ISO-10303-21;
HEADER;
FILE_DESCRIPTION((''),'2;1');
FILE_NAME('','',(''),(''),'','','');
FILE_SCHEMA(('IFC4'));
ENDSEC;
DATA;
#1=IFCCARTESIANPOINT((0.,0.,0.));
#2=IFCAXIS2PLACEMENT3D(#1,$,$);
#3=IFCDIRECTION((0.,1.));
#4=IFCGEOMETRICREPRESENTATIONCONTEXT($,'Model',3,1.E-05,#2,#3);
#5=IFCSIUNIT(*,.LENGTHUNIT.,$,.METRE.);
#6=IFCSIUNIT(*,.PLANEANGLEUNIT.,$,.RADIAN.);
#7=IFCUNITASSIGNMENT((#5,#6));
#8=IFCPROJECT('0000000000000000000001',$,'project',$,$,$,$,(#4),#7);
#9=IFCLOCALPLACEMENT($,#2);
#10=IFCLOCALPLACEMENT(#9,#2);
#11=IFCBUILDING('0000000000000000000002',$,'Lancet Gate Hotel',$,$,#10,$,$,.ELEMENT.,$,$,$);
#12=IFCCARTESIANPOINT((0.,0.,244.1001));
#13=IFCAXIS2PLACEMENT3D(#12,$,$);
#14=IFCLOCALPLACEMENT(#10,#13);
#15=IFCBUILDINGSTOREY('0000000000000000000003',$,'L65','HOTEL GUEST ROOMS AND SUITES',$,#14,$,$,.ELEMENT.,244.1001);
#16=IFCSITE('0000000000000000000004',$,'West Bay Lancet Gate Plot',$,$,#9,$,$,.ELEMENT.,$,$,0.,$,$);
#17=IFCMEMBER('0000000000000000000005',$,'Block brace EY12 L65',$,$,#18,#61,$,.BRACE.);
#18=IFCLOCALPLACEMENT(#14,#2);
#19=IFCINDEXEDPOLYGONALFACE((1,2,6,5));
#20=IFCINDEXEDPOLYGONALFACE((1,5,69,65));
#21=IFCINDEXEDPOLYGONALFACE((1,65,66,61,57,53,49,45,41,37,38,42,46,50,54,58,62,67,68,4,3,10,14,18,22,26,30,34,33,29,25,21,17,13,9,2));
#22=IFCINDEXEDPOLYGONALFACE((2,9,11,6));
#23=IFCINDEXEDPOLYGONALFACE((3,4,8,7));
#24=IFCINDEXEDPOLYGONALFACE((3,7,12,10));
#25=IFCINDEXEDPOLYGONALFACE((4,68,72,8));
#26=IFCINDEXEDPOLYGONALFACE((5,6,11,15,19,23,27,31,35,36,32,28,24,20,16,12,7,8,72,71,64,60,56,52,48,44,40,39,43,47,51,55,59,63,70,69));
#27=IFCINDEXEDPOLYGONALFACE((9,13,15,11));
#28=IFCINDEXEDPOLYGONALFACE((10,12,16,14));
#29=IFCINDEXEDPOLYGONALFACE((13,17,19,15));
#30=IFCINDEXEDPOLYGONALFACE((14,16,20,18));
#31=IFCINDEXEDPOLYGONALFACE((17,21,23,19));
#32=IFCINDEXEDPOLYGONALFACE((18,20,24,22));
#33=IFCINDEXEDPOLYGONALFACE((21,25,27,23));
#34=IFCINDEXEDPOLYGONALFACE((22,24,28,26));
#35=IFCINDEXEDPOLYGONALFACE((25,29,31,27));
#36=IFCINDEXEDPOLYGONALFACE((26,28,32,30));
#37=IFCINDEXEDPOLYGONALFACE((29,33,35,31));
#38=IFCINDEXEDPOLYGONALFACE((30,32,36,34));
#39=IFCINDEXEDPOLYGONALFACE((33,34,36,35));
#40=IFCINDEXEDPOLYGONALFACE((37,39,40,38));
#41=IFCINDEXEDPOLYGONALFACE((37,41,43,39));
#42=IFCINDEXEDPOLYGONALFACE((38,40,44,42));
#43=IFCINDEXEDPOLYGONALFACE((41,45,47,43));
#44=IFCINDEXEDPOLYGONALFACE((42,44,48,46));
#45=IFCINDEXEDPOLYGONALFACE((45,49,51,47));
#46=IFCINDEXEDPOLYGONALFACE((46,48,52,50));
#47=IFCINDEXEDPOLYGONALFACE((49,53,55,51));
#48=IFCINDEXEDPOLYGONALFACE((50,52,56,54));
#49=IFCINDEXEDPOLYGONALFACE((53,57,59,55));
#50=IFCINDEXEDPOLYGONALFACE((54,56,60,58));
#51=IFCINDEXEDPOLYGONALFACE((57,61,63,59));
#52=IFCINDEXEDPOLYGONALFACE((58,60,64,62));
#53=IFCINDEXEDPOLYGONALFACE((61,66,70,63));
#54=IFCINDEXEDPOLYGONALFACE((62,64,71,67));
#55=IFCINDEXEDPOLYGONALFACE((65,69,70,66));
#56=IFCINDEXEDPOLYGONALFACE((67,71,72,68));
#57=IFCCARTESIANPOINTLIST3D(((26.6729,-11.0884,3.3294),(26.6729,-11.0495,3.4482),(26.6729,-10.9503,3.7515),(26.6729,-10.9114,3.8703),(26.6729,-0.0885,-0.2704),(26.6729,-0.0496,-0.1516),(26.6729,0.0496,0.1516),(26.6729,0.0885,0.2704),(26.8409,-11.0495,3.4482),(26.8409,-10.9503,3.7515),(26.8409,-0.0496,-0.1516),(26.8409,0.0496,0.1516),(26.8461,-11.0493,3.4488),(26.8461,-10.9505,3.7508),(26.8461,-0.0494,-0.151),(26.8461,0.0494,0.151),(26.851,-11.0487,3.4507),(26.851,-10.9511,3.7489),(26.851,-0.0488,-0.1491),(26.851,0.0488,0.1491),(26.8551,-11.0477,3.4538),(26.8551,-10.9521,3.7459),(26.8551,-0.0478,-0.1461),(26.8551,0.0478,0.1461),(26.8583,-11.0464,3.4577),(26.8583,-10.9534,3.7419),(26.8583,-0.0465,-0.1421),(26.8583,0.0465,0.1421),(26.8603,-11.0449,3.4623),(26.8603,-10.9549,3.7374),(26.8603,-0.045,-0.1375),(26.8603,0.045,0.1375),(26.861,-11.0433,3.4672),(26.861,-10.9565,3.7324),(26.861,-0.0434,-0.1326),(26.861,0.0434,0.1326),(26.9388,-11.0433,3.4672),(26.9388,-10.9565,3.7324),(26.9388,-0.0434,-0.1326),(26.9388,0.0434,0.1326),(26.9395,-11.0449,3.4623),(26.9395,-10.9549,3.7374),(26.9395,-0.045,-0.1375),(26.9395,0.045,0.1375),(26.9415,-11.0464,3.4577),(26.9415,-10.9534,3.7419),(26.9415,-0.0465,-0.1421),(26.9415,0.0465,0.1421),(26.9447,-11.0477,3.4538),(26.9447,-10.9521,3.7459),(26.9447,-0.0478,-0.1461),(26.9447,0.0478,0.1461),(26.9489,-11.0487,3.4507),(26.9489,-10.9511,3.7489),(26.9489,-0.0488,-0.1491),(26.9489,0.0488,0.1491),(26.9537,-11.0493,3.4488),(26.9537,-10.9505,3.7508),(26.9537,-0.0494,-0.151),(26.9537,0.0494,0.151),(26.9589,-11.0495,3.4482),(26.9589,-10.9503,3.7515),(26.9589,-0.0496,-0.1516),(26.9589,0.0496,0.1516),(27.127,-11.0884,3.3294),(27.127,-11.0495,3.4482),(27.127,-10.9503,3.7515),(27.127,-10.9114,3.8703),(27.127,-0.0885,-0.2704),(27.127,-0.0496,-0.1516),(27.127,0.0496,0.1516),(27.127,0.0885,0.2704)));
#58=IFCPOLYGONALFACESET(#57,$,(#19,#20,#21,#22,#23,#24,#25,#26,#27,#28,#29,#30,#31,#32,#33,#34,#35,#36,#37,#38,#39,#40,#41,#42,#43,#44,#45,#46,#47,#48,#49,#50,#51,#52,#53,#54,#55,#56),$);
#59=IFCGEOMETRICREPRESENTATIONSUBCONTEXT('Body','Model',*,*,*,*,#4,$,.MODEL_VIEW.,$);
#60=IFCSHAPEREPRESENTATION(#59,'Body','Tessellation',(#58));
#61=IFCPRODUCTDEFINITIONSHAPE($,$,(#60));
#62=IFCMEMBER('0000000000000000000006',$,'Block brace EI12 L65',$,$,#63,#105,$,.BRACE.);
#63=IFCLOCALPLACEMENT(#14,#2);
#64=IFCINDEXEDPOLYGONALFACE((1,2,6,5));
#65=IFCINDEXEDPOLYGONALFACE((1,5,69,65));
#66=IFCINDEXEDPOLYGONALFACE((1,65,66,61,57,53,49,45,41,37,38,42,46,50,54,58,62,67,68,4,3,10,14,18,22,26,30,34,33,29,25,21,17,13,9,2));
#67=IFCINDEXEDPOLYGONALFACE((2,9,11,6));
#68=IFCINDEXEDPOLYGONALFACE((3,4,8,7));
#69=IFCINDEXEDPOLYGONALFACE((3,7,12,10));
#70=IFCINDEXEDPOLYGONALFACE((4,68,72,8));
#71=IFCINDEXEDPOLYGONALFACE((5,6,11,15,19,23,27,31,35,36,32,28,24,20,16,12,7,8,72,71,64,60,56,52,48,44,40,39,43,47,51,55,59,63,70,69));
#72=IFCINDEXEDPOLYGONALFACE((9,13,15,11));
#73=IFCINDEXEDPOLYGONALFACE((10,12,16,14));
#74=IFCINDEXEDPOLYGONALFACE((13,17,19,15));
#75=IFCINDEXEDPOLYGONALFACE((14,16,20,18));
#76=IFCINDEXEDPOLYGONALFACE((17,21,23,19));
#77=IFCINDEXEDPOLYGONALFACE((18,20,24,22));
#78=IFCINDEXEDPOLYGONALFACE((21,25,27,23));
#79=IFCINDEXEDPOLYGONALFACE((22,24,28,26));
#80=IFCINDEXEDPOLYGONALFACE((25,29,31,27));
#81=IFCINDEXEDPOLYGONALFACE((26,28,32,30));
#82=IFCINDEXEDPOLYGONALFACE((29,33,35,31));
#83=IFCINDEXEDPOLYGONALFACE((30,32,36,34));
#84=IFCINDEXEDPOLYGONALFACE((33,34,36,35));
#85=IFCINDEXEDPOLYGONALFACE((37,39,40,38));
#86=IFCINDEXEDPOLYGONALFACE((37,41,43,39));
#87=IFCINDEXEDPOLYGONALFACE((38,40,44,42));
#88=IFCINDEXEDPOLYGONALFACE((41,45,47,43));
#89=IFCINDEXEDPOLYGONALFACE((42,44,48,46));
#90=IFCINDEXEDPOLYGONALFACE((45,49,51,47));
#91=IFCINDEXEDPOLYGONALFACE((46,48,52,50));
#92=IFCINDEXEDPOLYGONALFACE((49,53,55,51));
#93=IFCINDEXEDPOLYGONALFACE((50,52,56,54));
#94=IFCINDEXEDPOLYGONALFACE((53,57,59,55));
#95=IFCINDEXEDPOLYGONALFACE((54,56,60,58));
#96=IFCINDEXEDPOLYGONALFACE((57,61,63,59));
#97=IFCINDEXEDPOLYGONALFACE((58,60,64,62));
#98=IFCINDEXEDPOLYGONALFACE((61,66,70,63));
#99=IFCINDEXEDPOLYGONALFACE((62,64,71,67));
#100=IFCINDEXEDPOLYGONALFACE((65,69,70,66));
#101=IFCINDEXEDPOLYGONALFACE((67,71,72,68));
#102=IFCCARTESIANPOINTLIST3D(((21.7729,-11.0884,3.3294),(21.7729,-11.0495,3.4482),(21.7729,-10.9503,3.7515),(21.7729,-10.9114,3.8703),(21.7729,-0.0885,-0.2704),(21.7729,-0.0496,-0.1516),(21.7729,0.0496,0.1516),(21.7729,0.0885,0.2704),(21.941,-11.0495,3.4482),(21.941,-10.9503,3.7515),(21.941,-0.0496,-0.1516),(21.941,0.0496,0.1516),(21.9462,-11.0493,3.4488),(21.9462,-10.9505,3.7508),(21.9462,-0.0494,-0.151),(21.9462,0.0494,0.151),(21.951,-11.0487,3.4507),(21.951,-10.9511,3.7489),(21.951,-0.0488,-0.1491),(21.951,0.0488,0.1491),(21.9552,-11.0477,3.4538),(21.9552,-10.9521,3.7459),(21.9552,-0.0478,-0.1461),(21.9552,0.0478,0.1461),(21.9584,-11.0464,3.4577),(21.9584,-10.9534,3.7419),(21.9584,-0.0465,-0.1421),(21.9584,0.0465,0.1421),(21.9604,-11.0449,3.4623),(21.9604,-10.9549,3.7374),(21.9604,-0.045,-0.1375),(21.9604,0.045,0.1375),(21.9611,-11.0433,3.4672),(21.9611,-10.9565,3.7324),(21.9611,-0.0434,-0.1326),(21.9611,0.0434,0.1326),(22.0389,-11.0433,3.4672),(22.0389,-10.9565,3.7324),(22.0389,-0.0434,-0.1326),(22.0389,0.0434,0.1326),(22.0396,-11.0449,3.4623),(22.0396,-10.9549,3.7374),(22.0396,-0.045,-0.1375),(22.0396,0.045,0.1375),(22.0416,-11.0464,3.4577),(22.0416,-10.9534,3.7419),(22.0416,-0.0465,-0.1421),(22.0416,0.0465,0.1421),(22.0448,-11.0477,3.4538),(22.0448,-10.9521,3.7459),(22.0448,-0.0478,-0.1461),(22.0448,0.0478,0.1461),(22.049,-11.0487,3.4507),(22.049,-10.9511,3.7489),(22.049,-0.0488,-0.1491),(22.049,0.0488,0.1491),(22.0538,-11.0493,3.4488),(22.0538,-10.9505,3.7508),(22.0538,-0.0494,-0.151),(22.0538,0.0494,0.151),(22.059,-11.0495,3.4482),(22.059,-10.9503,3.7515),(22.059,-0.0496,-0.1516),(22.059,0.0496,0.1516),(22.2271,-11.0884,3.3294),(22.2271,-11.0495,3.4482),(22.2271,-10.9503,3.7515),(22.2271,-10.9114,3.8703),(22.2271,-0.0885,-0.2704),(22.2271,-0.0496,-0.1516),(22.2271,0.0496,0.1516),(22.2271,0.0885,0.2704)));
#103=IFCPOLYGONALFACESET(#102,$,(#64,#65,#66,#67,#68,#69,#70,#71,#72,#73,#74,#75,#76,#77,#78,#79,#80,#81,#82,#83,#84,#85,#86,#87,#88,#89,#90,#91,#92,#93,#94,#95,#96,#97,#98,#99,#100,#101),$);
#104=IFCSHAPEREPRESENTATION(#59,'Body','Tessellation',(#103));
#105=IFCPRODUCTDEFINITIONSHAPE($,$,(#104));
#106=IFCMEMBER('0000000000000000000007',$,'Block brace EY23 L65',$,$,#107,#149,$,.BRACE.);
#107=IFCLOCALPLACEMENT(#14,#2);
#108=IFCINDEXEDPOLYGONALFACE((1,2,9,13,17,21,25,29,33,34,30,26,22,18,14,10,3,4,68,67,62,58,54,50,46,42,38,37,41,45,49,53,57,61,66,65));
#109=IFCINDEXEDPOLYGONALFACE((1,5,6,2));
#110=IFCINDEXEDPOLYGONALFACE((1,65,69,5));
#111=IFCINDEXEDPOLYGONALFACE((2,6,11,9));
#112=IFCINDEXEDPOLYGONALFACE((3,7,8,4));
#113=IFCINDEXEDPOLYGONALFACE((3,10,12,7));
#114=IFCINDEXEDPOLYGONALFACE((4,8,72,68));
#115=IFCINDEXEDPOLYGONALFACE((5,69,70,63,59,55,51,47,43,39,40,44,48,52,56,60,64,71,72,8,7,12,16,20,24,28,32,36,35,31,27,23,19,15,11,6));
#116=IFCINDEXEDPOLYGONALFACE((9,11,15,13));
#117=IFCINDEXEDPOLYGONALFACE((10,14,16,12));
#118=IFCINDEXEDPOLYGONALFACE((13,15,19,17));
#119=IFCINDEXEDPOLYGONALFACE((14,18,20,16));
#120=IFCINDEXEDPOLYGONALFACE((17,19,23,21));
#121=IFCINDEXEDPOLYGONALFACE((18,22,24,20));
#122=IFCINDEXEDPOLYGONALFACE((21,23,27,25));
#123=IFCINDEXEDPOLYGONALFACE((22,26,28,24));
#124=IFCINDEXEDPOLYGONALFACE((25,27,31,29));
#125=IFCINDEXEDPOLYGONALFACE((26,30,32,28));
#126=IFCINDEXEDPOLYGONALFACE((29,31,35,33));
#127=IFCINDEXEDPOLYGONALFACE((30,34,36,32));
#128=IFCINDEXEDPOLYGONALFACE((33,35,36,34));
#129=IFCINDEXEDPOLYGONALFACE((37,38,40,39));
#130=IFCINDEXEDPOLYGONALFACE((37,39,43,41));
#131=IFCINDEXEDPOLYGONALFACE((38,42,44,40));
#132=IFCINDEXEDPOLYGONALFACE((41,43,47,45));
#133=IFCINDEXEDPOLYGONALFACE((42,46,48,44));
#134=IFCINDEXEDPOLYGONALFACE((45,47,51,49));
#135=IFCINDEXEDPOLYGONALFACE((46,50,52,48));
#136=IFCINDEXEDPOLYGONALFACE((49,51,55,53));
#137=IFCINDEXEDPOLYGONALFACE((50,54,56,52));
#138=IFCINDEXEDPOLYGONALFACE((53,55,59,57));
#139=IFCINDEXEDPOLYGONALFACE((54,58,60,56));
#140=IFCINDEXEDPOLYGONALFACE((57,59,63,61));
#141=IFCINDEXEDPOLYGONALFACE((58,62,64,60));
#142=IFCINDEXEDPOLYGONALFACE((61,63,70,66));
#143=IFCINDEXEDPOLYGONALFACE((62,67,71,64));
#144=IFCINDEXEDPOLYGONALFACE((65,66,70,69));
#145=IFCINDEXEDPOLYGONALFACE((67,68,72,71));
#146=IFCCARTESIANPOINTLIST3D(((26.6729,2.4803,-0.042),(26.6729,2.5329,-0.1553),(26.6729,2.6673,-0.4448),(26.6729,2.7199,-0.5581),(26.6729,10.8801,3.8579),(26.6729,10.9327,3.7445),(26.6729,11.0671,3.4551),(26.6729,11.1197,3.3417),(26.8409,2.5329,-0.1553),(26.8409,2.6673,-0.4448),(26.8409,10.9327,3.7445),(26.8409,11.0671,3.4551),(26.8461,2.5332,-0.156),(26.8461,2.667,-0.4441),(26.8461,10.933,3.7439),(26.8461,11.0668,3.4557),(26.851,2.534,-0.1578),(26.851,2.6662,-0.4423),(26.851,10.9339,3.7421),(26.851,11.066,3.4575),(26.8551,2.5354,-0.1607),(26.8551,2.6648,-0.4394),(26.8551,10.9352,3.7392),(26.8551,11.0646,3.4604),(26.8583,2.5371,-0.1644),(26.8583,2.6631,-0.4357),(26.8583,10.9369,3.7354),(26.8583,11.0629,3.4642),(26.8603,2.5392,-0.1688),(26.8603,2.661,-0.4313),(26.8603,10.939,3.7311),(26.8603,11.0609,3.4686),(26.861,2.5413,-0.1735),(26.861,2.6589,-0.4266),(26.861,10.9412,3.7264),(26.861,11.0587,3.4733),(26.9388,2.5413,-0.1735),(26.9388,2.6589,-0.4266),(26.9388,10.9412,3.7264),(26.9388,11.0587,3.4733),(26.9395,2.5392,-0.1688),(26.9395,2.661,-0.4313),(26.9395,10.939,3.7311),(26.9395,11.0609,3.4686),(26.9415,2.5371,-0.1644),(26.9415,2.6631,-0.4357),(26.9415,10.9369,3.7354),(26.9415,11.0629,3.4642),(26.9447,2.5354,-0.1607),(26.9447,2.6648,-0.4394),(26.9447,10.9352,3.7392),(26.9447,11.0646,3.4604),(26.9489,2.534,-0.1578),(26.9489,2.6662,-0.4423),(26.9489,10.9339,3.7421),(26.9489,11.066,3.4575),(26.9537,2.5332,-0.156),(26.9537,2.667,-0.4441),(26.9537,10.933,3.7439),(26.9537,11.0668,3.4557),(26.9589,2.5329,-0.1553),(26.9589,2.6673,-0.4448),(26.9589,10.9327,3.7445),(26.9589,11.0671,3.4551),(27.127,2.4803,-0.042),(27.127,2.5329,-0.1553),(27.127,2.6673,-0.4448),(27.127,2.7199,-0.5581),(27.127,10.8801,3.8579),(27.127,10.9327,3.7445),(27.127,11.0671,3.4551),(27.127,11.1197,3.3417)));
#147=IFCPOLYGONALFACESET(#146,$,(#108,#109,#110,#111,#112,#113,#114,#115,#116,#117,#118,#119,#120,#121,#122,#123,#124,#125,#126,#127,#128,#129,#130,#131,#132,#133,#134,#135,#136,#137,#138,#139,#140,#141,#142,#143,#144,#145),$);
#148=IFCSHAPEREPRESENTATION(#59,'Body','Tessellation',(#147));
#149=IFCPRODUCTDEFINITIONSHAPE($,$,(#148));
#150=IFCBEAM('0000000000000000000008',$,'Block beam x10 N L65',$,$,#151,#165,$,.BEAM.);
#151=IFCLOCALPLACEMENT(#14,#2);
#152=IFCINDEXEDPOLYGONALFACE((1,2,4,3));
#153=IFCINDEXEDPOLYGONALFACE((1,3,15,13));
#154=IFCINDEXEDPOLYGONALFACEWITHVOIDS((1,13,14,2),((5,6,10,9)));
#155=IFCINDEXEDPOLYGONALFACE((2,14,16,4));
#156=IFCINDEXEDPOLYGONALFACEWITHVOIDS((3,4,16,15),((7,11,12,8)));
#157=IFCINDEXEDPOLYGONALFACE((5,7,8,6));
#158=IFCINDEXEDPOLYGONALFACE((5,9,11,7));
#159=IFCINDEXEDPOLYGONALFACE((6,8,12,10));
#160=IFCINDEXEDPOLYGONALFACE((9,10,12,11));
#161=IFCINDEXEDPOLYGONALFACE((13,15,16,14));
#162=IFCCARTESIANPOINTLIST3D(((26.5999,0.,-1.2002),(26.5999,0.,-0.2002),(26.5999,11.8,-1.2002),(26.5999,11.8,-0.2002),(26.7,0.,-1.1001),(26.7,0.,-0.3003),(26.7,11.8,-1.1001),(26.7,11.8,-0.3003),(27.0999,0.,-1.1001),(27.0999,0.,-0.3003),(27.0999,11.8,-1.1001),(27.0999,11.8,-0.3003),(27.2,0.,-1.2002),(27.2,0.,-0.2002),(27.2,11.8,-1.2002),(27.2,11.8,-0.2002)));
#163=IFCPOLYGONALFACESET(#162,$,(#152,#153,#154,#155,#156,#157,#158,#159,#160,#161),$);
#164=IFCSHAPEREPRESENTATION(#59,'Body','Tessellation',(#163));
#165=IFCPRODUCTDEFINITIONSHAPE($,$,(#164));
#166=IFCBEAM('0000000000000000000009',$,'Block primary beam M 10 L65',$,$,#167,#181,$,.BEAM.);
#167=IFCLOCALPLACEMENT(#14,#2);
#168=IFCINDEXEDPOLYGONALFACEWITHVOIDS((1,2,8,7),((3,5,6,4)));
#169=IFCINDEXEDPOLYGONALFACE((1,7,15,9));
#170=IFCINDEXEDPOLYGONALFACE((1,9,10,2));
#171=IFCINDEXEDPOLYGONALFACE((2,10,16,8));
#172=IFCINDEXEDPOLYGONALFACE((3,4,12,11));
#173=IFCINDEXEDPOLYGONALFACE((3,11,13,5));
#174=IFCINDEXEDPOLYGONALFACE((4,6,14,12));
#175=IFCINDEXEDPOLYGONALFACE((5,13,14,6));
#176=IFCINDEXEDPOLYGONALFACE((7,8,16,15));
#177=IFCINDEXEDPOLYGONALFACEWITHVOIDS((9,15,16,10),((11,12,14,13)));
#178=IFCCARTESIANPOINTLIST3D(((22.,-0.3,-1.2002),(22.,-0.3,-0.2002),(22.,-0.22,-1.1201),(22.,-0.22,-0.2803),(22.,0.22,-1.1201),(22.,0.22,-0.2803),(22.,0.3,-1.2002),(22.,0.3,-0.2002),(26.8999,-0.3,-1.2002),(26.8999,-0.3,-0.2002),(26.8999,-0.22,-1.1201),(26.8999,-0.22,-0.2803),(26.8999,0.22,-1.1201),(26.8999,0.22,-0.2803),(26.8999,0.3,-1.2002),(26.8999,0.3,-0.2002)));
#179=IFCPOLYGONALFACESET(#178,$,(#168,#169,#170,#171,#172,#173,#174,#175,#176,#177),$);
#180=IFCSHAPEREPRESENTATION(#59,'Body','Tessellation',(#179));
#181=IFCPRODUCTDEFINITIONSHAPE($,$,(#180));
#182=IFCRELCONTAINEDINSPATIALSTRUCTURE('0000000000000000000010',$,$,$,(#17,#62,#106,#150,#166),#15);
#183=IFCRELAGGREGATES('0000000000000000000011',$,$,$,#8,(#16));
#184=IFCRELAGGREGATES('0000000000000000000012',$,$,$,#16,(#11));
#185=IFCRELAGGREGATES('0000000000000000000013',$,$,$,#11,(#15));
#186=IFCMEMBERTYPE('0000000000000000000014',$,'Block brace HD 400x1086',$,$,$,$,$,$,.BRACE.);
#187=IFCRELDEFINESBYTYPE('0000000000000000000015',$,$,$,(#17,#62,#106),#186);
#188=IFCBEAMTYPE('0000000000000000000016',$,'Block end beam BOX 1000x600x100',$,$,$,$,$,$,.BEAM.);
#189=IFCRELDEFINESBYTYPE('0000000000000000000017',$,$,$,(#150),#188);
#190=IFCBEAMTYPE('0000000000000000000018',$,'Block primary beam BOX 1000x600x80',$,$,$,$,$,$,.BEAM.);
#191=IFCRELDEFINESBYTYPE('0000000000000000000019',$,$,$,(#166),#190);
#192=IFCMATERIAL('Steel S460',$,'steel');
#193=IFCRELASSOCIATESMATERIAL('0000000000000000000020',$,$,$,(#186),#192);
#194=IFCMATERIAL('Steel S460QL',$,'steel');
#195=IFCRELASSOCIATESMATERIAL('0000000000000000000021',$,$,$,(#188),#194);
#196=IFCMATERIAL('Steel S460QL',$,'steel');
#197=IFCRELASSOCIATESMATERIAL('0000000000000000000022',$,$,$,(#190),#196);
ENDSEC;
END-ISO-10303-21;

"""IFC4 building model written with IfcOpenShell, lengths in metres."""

from ifc_helpers import new_model, si_unit, direction, frame, origin, origin_2d, place, context, subcontext, project, spatial, hollow_rectangle, i_section, extrude, material, material_profile, profile_set, type_object, element, save


model = new_model("IFC4")

# Units and contexts
model_context = context("Model", 3, precision=1e-05, world=origin(), true_north=direction((0.0, 1.0)))
body_context = subcontext(model_context, "Body", "Model", "MODEL_VIEW")
ifc_project = project(units=[si_unit("LENGTHUNIT", "METRE"), si_unit("PLANEANGLEUNIT", "RADIAN")], contexts=[model_context])

# Site, building, storey
site_placement = place(None, origin())
site = spatial("IfcSite", under=ifc_project, at=site_placement, Name="West Bay Lancet Gate Plot", CompositionType="ELEMENT", RefElevation=0.0)
building_placement = place(site_placement, origin())
building = spatial("IfcBuilding", under=site, at=building_placement, Name="Lancet Gate Hotel", CompositionType="ELEMENT")
storey_placement = place(building_placement, frame((0.0, 0.0, 244.1001)))
storey = spatial("IfcBuildingStorey", under=building, at=storey_placement, Name="L65", Description="HOTEL GUEST ROOMS AND SUITES", CompositionType="ELEMENT", Elevation=244.1001)

# Members
ifc_material_1 = material(Name="Steel S460", Category="steel")
ifc_material_profile_1 = material_profile(ifc_material_1, i_section(OverallWidth=0.4541, OverallDepth=0.5691, WebThickness=0.0779, FlangeThickness=0.125, FilletRadius=0.02, at=origin_2d()), Name="HD 400x1086")
ifc_profile_set_1 = profile_set([ifc_material_profile_1], Name="Steel S460")
member_type_1 = type_object("IfcMemberType", Name="Block brace HD 400x1086", PredefinedType="BRACE", material=ifc_profile_set_1)
for number, where, z_axis, x_axis, name in (
    (1, (26.8999, 0.0, 0.0), (0.0, -0.950401, 0.311028), (1.0, 0.0, 0.0), "Block brace EY12 L65"),
    (2, (22.0, 0.0, 0.0), (0.0, -0.950401, 0.311028), (1.0, 0.0, 0.0), "Block brace EI12 L65"),
):
    element("IfcMember", number, at=place(storey_placement, frame(where, z_axis=z_axis, x_axis=x_axis)), inside=storey, type_object=member_type_1, Name=name, PredefinedType="BRACE", context=body_context, shape_type="SweptSolid", body=[
        extrude(i_section(OverallWidth=0.4541, OverallDepth=0.5691, WebThickness=0.0779, FlangeThickness=0.125, FilletRadius=0.02, at=origin_2d()), origin(), (0.0, 0.0, 1.0), 11.574),
    ])
member_1_placement = place(storey_placement, frame((26.8999, 2.6001, -0.3), z_axis=(0.0, 0.907011, 0.421107), x_axis=(-1.0, 0.0, 0.0)))
element("IfcMember", 3, at=member_1_placement, inside=storey, type_object=member_type_1, Name="Block brace EY23 L65", PredefinedType="BRACE", context=body_context, shape_type="SweptSolid", body=[
    extrude(i_section(OverallWidth=0.4541, OverallDepth=0.5691, WebThickness=0.0779, FlangeThickness=0.125, FilletRadius=0.02, at=origin_2d()), origin(), (0.0, 0.0, 1.0), 9.261),
])

# Beams
ifc_material_2 = material(Name="Steel S460QL", Category="steel")
ifc_material_profile_2 = material_profile(ifc_material_2, hollow_rectangle(XDim=0.6001, YDim=1.0, WallThickness=0.1001, at=origin_2d()), Name="BOX 1000x600x100")
ifc_profile_set_2 = profile_set([ifc_material_profile_2], Name="Steel S460QL")
beam_type_1 = type_object("IfcBeamType", Name="Block end beam BOX 1000x600x100", PredefinedType="BEAM", material=ifc_profile_set_2)
beam_1_placement = place(storey_placement, frame((26.8999, 0.0, -0.7002), z_axis=(0.0, 1.0, 0.0), x_axis=(-1.0, 0.0, 0.0)))
element("IfcBeam", 4, at=beam_1_placement, inside=storey, type_object=beam_type_1, Name="Block beam x10 N L65", PredefinedType="BEAM", context=body_context, shape_type="SweptSolid", body=[
    extrude(hollow_rectangle(XDim=0.6001, YDim=1.0, WallThickness=0.1001, at=origin_2d()), origin(), (0.0, 0.0, 1.0), 11.8),
])
ifc_material_3 = material(Name="Steel S460QL", Category="steel")
ifc_material_profile_3 = material_profile(ifc_material_3, hollow_rectangle(XDim=0.6001, YDim=1.0, WallThickness=0.0801, at=origin_2d()), Name="BOX 1000x600x80")
ifc_profile_set_3 = profile_set([ifc_material_profile_3], Name="Steel S460QL")
beam_type_2 = type_object("IfcBeamType", Name="Block primary beam BOX 1000x600x80", PredefinedType="BEAM", material=ifc_profile_set_3)
beam_2_placement = place(storey_placement, frame((22.0, 0.0, -0.7002), z_axis=(1.0, 0.0, 0.0), x_axis=(0.0, 1.0, 0.0)))
element("IfcBeam", 5, at=beam_2_placement, inside=storey, type_object=beam_type_2, Name="Block primary beam M 10 L65", PredefinedType="BEAM", context=body_context, shape_type="SweptSolid", body=[
    extrude(hollow_rectangle(XDim=0.6001, YDim=1.0, WallThickness=0.0801, at=origin_2d()), origin(), (0.0, 0.0, 1.0), 4.8999),
])

save(model, "model.ifc")
